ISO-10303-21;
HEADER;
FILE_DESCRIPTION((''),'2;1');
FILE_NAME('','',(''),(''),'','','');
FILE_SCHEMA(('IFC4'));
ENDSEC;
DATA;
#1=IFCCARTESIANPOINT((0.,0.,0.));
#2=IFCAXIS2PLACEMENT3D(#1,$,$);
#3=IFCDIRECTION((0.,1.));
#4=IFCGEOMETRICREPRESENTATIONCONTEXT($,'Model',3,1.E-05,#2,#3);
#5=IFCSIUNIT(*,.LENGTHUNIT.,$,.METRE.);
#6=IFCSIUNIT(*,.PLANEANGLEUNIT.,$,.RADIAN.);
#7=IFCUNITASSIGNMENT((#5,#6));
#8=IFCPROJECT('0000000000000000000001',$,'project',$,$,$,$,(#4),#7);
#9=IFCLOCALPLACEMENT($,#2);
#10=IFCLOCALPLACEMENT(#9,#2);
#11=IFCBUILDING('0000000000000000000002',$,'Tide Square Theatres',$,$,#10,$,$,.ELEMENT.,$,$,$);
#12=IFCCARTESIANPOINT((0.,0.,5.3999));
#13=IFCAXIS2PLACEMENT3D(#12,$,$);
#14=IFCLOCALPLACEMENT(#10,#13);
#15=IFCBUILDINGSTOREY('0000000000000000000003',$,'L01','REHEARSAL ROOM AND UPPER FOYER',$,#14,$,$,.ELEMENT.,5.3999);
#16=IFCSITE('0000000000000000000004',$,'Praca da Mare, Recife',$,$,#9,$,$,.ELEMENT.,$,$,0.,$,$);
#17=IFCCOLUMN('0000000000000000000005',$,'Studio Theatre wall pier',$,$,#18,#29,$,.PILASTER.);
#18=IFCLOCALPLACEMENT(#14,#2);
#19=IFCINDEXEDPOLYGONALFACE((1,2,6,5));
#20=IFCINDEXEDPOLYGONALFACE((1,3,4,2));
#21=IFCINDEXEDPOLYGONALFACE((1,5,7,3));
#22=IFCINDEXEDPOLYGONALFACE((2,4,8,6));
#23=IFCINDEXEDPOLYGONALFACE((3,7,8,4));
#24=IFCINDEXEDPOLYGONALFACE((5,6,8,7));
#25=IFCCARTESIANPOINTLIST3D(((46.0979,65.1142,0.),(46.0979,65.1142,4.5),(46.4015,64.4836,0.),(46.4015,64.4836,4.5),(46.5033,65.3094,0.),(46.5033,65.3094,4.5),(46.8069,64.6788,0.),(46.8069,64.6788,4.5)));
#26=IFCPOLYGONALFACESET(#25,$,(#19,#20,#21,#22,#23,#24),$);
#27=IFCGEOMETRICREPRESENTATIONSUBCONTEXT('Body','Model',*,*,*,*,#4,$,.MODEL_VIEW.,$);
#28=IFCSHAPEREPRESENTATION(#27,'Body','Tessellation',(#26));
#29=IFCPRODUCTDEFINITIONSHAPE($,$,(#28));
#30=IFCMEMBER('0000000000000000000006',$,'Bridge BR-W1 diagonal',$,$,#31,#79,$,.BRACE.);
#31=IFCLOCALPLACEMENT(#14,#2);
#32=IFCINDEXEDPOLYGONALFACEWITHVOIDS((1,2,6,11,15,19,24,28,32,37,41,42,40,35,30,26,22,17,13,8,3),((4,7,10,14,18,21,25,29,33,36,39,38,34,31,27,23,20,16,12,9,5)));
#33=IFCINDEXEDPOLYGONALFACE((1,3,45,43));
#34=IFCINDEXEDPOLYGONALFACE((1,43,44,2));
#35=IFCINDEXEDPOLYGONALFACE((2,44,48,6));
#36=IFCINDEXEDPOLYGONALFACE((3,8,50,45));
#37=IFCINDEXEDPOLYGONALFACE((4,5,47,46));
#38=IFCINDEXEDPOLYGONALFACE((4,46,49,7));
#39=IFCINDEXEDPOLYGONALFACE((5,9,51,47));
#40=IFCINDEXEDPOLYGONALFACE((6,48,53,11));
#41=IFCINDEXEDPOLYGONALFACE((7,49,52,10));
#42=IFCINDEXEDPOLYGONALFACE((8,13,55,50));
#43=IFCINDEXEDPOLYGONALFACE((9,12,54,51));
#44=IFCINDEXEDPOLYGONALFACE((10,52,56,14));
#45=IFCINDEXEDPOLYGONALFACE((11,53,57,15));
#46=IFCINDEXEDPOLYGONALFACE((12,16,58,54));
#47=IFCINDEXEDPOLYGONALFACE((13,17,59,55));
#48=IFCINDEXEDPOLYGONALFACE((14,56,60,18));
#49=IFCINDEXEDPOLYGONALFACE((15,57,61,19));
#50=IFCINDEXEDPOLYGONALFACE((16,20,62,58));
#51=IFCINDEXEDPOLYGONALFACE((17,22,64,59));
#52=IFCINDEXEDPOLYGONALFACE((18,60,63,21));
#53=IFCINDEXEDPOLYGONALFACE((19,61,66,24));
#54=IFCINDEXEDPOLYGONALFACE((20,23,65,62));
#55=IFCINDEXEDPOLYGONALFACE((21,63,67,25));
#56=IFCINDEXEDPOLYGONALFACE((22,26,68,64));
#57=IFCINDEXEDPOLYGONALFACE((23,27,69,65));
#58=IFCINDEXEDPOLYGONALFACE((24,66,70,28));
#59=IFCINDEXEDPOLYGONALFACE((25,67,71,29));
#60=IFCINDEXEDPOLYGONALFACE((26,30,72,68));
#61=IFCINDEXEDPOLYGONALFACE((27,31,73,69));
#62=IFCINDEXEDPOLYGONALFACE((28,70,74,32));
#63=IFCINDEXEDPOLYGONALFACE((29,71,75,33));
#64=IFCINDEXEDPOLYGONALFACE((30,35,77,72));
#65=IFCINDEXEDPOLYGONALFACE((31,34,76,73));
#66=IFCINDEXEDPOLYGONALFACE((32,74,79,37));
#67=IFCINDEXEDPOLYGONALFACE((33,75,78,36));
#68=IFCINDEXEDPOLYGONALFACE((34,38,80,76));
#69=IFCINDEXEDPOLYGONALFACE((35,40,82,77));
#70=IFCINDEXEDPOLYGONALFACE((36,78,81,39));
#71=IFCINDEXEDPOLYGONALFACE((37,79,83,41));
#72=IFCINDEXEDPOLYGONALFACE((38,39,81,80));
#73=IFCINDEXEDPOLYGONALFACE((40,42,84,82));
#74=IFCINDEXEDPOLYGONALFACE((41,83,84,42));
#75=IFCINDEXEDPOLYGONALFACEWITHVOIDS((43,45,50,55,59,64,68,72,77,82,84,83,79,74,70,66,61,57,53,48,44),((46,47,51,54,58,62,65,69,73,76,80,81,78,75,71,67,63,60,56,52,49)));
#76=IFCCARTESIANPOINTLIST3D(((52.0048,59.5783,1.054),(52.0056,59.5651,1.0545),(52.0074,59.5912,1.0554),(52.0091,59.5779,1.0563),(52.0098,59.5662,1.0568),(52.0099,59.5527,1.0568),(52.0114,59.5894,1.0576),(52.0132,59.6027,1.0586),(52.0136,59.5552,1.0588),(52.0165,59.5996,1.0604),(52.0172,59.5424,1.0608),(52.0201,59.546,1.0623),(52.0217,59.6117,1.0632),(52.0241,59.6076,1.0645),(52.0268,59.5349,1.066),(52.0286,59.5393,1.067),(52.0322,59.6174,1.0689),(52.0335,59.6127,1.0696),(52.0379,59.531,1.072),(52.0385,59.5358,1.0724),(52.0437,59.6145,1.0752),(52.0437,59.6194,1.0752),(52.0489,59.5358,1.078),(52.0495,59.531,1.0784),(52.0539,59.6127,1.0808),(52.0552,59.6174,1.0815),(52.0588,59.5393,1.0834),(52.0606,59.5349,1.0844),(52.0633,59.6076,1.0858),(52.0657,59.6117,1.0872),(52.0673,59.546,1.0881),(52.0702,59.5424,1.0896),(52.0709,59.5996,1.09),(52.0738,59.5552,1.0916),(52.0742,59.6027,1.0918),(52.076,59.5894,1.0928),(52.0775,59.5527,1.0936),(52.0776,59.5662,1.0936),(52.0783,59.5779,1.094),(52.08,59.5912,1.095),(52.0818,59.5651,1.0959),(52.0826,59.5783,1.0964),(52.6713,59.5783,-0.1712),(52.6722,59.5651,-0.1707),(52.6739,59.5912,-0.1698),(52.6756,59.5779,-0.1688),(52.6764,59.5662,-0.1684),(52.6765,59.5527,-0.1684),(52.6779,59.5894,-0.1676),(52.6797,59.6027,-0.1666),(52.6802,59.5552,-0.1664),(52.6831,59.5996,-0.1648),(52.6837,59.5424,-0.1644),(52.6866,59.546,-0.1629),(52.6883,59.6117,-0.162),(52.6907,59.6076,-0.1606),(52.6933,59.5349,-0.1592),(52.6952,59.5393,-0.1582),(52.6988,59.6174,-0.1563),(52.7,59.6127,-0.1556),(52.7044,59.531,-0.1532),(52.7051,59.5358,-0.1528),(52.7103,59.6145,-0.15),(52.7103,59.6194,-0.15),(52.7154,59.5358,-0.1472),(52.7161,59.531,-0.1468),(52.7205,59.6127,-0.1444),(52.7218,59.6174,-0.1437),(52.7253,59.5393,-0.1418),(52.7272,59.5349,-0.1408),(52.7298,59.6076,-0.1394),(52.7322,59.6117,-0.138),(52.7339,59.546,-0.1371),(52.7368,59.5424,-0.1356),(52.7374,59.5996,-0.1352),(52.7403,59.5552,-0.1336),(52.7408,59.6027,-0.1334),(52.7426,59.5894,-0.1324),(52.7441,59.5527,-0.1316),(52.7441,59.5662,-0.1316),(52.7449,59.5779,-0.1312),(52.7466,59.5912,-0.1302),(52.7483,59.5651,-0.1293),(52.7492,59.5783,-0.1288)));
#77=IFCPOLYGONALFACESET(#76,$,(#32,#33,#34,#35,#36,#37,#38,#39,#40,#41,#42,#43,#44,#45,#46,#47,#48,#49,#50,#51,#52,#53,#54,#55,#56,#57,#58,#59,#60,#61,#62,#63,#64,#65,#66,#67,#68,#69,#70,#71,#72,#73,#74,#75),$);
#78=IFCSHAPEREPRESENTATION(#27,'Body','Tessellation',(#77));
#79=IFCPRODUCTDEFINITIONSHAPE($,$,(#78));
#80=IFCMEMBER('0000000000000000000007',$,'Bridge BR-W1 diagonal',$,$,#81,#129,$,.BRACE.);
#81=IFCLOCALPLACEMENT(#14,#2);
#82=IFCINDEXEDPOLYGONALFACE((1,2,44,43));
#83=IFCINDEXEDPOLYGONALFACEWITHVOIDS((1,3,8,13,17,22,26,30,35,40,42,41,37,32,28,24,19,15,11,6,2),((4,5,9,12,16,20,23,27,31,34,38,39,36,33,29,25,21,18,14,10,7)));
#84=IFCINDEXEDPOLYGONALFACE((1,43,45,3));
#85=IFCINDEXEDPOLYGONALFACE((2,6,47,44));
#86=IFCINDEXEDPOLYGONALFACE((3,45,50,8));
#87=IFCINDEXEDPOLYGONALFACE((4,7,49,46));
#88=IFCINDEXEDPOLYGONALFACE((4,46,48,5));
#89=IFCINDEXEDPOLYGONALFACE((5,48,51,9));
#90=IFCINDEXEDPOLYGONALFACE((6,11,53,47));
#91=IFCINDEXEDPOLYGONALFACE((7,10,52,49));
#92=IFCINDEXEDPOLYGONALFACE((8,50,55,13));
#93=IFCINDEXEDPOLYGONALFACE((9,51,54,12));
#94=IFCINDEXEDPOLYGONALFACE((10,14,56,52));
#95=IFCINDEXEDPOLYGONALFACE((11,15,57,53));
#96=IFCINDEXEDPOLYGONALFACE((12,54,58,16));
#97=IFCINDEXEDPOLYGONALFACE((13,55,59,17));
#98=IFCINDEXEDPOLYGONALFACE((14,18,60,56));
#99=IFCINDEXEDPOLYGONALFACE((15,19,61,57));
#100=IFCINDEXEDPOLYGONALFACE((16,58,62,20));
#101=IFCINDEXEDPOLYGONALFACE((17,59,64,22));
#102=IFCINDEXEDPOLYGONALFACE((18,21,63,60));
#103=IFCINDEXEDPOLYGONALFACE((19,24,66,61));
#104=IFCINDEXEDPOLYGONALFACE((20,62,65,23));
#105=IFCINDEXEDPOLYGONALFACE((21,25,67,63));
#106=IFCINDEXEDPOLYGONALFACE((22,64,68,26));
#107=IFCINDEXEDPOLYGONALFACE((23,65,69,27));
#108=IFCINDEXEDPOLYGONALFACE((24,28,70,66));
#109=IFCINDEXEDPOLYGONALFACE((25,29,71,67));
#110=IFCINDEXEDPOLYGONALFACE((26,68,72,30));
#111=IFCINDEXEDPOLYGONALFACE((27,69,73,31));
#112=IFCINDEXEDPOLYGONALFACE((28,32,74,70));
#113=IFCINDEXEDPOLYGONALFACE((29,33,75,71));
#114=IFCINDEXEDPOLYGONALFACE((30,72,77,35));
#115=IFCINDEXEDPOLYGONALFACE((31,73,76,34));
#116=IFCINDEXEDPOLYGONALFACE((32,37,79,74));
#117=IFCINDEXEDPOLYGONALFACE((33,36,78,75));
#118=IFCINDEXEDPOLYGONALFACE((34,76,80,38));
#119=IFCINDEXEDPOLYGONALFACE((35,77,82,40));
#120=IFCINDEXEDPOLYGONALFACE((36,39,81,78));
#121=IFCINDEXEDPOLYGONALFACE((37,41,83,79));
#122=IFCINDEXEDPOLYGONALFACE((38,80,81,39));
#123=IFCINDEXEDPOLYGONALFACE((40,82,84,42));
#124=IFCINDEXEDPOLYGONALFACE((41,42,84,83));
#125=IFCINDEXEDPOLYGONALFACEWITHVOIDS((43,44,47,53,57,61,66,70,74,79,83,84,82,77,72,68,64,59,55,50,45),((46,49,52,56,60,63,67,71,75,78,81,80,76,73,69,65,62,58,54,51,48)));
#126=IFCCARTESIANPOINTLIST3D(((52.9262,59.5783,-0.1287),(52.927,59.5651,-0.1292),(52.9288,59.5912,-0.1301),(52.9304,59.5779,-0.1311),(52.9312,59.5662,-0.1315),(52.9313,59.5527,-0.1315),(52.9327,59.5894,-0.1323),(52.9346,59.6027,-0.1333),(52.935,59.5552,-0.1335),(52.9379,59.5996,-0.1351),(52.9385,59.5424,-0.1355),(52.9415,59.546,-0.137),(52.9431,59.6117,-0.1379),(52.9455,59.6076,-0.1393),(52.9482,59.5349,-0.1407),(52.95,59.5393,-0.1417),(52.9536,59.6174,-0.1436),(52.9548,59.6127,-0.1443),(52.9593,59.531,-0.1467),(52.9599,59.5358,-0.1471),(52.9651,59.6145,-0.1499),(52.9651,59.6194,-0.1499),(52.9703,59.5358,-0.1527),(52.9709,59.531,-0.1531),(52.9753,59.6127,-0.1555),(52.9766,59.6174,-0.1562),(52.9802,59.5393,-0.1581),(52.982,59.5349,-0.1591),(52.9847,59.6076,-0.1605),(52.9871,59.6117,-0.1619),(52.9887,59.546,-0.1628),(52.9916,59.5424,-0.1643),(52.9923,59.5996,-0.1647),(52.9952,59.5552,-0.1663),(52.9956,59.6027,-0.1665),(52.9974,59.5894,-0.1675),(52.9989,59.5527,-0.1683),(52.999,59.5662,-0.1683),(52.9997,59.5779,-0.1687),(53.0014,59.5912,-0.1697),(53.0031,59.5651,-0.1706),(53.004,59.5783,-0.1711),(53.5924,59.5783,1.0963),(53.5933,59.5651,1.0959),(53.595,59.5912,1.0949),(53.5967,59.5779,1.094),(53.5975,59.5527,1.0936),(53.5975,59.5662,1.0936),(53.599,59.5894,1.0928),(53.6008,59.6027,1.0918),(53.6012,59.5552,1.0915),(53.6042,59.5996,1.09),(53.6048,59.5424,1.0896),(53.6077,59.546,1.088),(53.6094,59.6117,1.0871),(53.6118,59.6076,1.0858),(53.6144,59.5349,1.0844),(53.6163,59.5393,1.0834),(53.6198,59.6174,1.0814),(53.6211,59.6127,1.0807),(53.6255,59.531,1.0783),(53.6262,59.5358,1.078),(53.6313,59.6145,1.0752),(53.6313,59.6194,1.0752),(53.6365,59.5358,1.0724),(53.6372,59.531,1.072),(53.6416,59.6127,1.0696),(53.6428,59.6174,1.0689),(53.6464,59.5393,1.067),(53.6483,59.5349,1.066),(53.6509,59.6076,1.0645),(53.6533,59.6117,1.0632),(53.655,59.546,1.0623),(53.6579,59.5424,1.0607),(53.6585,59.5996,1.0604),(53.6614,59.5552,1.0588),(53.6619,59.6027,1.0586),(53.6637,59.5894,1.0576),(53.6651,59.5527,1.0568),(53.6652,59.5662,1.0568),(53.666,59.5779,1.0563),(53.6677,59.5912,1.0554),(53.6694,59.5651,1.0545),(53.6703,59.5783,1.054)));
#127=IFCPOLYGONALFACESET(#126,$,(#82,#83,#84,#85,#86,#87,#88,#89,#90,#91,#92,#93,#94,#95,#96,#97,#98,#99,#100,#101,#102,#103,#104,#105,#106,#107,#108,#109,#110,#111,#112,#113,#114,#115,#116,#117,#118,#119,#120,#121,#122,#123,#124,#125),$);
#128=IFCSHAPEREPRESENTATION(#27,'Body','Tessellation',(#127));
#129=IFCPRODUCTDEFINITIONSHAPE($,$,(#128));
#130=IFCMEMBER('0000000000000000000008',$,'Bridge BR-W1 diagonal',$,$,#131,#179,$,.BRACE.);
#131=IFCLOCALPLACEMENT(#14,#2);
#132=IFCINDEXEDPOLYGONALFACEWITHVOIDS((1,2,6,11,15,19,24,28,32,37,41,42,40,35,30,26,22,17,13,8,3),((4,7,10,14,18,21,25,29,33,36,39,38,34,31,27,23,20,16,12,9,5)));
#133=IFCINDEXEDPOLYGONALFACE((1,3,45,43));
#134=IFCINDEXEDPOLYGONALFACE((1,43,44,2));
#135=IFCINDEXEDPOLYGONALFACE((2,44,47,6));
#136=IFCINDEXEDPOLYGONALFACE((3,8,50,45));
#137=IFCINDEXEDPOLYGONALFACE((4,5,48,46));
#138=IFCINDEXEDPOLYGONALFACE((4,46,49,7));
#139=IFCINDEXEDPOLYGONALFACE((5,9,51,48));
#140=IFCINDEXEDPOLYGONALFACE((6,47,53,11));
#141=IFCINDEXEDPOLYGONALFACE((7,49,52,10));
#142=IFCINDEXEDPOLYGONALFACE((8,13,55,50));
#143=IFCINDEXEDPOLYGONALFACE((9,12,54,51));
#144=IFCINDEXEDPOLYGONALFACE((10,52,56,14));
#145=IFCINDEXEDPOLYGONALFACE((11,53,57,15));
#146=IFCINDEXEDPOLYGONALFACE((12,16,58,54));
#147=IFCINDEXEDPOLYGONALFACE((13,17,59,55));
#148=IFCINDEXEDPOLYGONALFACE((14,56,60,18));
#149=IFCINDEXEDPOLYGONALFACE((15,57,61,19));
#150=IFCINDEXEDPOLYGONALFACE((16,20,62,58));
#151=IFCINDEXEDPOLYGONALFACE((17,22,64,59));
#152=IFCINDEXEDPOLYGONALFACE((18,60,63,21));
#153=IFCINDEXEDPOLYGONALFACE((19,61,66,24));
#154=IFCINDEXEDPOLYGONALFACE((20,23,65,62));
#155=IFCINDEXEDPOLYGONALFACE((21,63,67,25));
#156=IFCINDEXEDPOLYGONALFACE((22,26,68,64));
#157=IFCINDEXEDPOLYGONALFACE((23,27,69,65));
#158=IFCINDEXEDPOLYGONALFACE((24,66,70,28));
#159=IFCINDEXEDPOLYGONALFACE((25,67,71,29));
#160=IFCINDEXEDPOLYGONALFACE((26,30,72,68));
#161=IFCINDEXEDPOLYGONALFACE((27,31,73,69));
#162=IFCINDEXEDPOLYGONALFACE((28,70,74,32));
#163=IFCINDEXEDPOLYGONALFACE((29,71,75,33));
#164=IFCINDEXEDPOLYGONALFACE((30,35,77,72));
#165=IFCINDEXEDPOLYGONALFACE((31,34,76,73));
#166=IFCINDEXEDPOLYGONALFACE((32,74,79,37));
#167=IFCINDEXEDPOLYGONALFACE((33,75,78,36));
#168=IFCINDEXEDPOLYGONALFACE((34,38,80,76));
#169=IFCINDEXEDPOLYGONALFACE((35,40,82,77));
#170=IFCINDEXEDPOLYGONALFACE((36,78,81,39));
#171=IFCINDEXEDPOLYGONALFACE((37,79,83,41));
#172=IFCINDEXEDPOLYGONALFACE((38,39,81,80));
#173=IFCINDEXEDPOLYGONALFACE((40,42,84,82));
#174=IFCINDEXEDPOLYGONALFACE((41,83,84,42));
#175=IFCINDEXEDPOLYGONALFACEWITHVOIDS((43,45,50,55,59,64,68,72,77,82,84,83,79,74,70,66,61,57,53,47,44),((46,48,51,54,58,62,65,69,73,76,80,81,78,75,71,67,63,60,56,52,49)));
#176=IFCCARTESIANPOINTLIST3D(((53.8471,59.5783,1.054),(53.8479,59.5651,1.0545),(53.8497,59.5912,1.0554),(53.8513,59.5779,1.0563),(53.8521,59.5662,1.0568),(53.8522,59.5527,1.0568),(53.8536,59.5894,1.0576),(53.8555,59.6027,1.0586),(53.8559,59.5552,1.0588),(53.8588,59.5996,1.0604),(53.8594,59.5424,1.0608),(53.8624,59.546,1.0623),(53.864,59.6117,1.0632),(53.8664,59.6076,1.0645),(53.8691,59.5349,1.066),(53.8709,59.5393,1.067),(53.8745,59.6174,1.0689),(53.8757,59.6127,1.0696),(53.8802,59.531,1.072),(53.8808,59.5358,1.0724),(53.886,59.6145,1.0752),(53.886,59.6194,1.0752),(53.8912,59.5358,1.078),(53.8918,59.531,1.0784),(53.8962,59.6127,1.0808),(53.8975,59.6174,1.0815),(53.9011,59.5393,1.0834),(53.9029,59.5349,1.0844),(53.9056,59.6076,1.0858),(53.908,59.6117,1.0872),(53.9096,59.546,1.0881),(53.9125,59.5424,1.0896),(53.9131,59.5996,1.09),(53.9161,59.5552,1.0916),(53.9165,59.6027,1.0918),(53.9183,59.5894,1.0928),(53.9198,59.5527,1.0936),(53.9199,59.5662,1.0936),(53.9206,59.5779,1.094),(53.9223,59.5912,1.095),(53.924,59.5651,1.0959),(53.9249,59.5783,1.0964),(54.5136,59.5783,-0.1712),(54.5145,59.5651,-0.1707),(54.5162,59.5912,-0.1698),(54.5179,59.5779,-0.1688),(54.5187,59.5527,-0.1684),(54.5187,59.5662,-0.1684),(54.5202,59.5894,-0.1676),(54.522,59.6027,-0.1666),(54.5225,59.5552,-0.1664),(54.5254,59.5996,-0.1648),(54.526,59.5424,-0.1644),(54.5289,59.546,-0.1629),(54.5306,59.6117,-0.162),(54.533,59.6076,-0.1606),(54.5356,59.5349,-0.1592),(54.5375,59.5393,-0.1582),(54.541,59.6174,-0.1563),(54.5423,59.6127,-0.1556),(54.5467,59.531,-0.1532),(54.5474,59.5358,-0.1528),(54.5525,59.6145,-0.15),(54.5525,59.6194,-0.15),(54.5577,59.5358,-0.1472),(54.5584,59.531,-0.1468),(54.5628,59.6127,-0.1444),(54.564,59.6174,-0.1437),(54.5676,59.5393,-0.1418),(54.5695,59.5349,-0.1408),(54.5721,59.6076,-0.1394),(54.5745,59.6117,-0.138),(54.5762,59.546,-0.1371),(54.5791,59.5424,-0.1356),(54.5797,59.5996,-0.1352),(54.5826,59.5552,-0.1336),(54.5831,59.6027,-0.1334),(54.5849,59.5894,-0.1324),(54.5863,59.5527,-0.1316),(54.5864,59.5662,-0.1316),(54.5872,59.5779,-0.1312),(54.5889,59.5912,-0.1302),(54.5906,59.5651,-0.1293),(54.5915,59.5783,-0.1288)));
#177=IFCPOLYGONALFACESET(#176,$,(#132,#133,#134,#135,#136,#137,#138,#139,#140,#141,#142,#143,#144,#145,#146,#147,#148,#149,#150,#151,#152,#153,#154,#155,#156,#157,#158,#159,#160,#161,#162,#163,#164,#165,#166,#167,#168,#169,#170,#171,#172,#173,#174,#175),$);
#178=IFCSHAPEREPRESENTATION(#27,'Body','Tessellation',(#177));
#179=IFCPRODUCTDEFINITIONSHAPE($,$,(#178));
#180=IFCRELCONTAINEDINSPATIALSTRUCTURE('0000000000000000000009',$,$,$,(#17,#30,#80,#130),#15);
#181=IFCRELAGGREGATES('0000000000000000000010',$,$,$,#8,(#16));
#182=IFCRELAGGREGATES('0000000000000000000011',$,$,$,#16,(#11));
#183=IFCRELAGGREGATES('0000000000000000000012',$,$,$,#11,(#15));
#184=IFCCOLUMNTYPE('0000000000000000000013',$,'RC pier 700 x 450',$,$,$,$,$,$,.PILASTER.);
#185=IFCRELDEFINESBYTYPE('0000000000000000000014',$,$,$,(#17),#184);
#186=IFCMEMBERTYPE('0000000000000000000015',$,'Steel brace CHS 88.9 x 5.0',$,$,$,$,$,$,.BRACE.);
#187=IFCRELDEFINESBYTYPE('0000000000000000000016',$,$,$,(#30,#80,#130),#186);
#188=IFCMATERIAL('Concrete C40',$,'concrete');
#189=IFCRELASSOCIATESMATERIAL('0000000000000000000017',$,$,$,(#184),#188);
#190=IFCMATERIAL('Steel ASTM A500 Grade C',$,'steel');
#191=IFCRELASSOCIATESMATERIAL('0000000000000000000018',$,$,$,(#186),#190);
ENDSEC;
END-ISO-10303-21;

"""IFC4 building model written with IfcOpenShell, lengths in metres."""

from ifc_helpers import new_model, si_unit, direction, frame, origin, origin_2d, place, context, subcontext, project, spatial, rectangle, hollow_circle, extrude, material, material_profile, profile_set, type_object, element, save


model = new_model("IFC4")

# Units and contexts
model_context = context("Model", 3, precision=1e-05, world=origin(), true_north=direction((0.0, 1.0)))
body_context = subcontext(model_context, "Body", "Model", "MODEL_VIEW")
ifc_project = project(units=[si_unit("LENGTHUNIT", "METRE"), si_unit("PLANEANGLEUNIT", "RADIAN")], contexts=[model_context])

# Site, building, storey
site_placement = place(None, origin())
site = spatial("IfcSite", under=ifc_project, at=site_placement, Name="Praca da Mare, Recife", CompositionType="ELEMENT", RefElevation=0.0)
building_placement = place(site_placement, origin())
building = spatial("IfcBuilding", under=site, at=building_placement, Name="Tide Square Theatres", CompositionType="ELEMENT")
storey_placement = place(building_placement, frame((0.0, 0.0, 5.3999)))
storey = spatial("IfcBuildingStorey", under=building, at=storey_placement, Name="L01", Description="REHEARSAL ROOM AND UPPER FOYER", CompositionType="ELEMENT", Elevation=5.3999)

# Column
ifc_material_1 = material(Name="Concrete C40", Category="concrete")
ifc_material_profile_1 = material_profile(ifc_material_1, rectangle(XDim=0.7, YDim=0.45, at=origin_2d()))
ifc_profile_set_1 = profile_set([ifc_material_profile_1], Name="Concrete C40")
column_type = type_object("IfcColumnType", Name="RC pier 700 x 450", PredefinedType="PILASTER", material=ifc_profile_set_1)
column_placement = place(storey_placement, frame((46.4524, 64.8965, 0.0), z_axis=(0.0, 0.0, 1.0), x_axis=(-0.433814, 0.901003, 0.0)))
element("IfcColumn", 1, at=column_placement, inside=storey, type_object=column_type, Name="Studio Theatre wall pier", PredefinedType="PILASTER", context=body_context, shape_type="SweptSolid", body=[
    extrude(rectangle(XDim=0.7, YDim=0.45, at=origin_2d()), origin(), (0.0, 0.0, 1.0), 4.5),
])

# Members
ifc_material_2 = material(Name="Steel ASTM A500 Grade C", Category="steel")
ifc_material_profile_2 = material_profile(ifc_material_2, hollow_circle(Radius=0.0444, WallThickness=0.0049, at=origin_2d()))
ifc_profile_set_2 = profile_set([ifc_material_profile_2], Name="Steel ASTM A500 Grade C")
member_type_1 = type_object("IfcMemberType", Name="Steel brace CHS 88.9 x 5.0", PredefinedType="BRACE", material=ifc_profile_set_2)
member_1_placement = place(storey_placement, frame((52.0437, 59.575, 1.0752), z_axis=(0.477895, 0.0, -0.878417), x_axis=(0.0, 1.0, 0.0)))
element("IfcMember", 2, at=member_1_placement, inside=storey, type_object=member_type_1, Name="Bridge BR-W1 diagonal", PredefinedType="BRACE", context=body_context, shape_type="SweptSolid", body=[
    extrude(hollow_circle(Radius=0.0444, WallThickness=0.0049, at=origin_2d()), origin(), (0.0, 0.0, 1.0), 1.3948),
])
member_2_placement = place(storey_placement, frame((52.9651, 59.575, -0.1499), z_axis=(0.47776, 0.0, 0.87849), x_axis=(0.0, 1.0, 0.0)))
element("IfcMember", 3, at=member_2_placement, inside=storey, type_object=member_type_1, Name="Bridge BR-W1 diagonal", PredefinedType="BRACE", context=body_context, shape_type="SweptSolid", body=[
    extrude(hollow_circle(Radius=0.0444, WallThickness=0.0049, at=origin_2d()), origin(), (0.0, 0.0, 1.0), 1.3945),
])
for number, where, z_axis, x_axis, name in (
    (4, (53.886, 59.575, 1.0752), (0.477895, 0.0, -0.878417), (0.0, 1.0, 0.0), "Bridge BR-W1 diagonal"),
):
    element("IfcMember", number, at=place(storey_placement, frame(where, z_axis=z_axis, x_axis=x_axis)), inside=storey, type_object=member_type_1, Name=name, PredefinedType="BRACE", context=body_context, shape_type="SweptSolid", body=[
        extrude(hollow_circle(Radius=0.0444, WallThickness=0.0049, at=origin_2d()), origin(), (0.0, 0.0, 1.0), 1.3948),
    ])

save(model, "model.ifc")
